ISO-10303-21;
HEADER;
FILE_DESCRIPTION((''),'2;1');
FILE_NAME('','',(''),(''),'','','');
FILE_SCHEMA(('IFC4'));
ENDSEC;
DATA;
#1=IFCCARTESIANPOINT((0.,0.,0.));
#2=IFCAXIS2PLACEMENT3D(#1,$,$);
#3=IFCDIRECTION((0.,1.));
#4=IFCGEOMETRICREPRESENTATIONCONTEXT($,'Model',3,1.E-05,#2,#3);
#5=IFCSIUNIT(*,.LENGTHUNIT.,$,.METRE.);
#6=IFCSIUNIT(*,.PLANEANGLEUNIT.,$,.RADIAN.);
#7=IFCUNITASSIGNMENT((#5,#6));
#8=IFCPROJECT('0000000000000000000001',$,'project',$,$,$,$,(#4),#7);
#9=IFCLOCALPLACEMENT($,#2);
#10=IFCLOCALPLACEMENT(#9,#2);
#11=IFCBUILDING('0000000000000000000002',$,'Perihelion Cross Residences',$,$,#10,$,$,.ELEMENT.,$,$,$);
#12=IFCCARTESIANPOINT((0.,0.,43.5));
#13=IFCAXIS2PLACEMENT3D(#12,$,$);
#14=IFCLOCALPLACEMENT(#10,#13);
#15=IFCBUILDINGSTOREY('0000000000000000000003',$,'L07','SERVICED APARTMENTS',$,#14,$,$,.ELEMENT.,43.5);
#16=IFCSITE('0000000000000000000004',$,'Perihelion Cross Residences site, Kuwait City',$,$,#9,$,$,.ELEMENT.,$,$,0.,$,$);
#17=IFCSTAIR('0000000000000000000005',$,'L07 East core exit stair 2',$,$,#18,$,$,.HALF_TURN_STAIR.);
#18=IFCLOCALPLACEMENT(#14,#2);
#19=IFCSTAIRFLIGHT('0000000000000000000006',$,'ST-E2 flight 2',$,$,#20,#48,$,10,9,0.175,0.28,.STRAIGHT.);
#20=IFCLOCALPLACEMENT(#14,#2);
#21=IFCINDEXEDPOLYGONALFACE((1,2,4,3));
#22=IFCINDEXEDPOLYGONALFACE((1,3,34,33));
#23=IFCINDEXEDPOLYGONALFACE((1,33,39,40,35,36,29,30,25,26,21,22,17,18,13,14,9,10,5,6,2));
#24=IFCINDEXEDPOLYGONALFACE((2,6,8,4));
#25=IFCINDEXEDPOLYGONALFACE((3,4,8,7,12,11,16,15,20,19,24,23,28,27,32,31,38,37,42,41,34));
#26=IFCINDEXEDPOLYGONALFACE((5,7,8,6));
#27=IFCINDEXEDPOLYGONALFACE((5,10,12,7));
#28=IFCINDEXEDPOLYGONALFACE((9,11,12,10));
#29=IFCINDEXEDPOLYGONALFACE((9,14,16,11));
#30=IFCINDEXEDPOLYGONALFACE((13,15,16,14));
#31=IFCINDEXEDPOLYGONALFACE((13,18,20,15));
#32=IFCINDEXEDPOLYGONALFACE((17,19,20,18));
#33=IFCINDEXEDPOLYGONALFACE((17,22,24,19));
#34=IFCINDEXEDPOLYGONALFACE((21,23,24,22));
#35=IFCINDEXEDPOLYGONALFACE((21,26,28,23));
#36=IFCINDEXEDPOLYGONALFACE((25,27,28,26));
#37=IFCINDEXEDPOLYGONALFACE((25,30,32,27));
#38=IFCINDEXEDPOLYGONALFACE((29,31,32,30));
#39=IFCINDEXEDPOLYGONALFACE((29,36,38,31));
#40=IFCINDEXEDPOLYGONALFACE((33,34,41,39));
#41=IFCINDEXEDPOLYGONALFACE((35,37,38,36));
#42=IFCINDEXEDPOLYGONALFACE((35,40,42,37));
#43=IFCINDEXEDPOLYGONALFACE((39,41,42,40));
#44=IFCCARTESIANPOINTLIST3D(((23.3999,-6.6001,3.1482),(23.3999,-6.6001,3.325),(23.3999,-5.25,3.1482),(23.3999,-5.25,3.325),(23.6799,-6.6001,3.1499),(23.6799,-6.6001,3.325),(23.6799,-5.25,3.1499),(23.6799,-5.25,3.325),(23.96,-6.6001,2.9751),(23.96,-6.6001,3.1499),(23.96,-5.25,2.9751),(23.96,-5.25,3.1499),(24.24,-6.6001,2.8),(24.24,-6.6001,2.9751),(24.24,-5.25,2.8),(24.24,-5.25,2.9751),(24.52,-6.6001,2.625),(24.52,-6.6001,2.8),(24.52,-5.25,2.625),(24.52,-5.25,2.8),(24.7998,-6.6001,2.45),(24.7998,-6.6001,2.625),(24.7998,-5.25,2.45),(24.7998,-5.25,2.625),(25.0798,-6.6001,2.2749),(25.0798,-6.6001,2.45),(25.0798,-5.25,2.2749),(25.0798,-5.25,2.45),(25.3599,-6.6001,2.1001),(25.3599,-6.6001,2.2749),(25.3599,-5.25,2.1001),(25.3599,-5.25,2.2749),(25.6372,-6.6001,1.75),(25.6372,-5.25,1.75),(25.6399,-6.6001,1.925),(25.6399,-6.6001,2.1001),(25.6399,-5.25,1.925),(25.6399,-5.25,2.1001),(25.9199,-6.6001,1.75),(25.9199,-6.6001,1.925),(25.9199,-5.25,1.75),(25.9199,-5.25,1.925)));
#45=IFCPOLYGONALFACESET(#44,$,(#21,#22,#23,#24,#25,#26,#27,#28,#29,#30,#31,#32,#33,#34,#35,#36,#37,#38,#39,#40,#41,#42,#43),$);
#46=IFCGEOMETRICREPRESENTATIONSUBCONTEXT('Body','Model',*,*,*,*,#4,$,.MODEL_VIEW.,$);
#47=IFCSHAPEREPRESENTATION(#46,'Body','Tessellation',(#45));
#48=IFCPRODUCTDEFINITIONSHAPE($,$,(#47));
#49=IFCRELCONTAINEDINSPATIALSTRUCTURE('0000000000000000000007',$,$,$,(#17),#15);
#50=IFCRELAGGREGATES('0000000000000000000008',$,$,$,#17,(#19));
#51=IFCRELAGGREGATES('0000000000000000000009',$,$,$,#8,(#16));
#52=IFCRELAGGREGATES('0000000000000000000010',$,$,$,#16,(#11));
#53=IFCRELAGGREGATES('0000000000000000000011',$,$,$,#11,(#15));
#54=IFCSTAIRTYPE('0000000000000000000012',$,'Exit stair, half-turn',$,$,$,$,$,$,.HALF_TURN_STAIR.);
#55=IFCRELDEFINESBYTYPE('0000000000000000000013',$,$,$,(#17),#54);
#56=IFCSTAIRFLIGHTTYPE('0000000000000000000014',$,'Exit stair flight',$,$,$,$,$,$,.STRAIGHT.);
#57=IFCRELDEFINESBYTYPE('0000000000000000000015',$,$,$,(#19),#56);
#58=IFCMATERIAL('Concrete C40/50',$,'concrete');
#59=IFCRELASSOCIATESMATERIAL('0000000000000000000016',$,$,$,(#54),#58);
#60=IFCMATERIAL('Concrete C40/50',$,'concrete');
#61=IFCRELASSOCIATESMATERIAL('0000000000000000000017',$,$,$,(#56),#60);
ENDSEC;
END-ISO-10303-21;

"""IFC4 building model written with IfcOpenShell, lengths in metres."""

from ifc_helpers import new_model, si_unit, direction, frame, origin, place, context, subcontext, project, spatial, polyline, outline, extrude, material, type_object, element, aggregate, save


model = new_model("IFC4")

# Units and contexts
model_context = context("Model", 3, precision=1e-05, world=origin(), true_north=direction((0.0, 1.0)))
body_context = subcontext(model_context, "Body", "Model", "MODEL_VIEW")
ifc_project = project(units=[si_unit("LENGTHUNIT", "METRE"), si_unit("PLANEANGLEUNIT", "RADIAN")], contexts=[model_context])

# Site, building, storey
site_placement = place(None, origin())
site = spatial("IfcSite", under=ifc_project, at=site_placement, Name="Perihelion Cross Residences site, Kuwait City", CompositionType="ELEMENT", RefElevation=0.0)
building_placement = place(site_placement, origin())
building = spatial("IfcBuilding", under=site, at=building_placement, Name="Perihelion Cross Residences", CompositionType="ELEMENT")
storey_placement = place(building_placement, frame((0.0, 0.0, 43.5)))
storey = spatial("IfcBuildingStorey", under=building, at=storey_placement, Name="L07", Description="SERVICED APARTMENTS", CompositionType="ELEMENT", Elevation=43.5)

# Stair, stair flight
ifc_material_1 = material(Name="Concrete C40/50", Category="concrete")
stair_type = type_object("IfcStairType", Name="Exit stair, half-turn", PredefinedType="HALF_TURN_STAIR", material=ifc_material_1)
stair_placement = place(storey_placement, origin())
stair = element("IfcStair", 1, at=stair_placement, inside=storey, type_object=stair_type, Name="L07 East core exit stair 2", PredefinedType="HALF_TURN_STAIR")
ifc_material_2 = material(Name="Concrete C40/50", Category="concrete")
stair_flight_type = type_object("IfcStairFlightType", Name="Exit stair flight", PredefinedType="STRAIGHT", material=ifc_material_2)
stair_flight_placement = place(storey_placement, frame((25.9199, -5.925, 1.75), z_axis=(0.0, 0.0, 1.0), x_axis=(-1.0, 0.0, 0.0)))
stair_flight = element("IfcStairFlight", 2, at=stair_flight_placement, type_object=stair_flight_type, Name="ST-E2 flight 2", NumberOfRisers=10, NumberOfTreads=9, PredefinedType="STRAIGHT", RiserHeight=0.175, TreadLength=0.28, context=body_context, shape_type="SweptSolid", body=[
    extrude(outline(polyline([(0.0, 0.0), (0.0, 0.175), (0.28, 0.175), (0.28, 0.3501), (0.5601, 0.3501), (0.5601, 0.5249), (0.8401, 0.5249), (0.8401, 0.7), (1.1201, 0.7), (1.1201, 0.875), (1.3999, 0.875), (1.3999, 1.05), (1.6799, 1.05), (1.6799, 1.2251), (1.96, 1.2251), (1.96, 1.3999), (2.24, 1.3999), (2.24, 1.575), (2.52, 1.575), (2.52, 1.75), (2.52, 1.3982), (0.2827, 0.0), (0.0, 0.0)])), frame((0.0, 0.675, 0.0), z_axis=(0.0, -1.0, 0.0), x_axis=(1.0, 0.0, 0.0)), (0.0, 0.0, 1.0), 1.3501),
])
aggregate(stair, [stair_flight])

save(model, "model.ifc")
